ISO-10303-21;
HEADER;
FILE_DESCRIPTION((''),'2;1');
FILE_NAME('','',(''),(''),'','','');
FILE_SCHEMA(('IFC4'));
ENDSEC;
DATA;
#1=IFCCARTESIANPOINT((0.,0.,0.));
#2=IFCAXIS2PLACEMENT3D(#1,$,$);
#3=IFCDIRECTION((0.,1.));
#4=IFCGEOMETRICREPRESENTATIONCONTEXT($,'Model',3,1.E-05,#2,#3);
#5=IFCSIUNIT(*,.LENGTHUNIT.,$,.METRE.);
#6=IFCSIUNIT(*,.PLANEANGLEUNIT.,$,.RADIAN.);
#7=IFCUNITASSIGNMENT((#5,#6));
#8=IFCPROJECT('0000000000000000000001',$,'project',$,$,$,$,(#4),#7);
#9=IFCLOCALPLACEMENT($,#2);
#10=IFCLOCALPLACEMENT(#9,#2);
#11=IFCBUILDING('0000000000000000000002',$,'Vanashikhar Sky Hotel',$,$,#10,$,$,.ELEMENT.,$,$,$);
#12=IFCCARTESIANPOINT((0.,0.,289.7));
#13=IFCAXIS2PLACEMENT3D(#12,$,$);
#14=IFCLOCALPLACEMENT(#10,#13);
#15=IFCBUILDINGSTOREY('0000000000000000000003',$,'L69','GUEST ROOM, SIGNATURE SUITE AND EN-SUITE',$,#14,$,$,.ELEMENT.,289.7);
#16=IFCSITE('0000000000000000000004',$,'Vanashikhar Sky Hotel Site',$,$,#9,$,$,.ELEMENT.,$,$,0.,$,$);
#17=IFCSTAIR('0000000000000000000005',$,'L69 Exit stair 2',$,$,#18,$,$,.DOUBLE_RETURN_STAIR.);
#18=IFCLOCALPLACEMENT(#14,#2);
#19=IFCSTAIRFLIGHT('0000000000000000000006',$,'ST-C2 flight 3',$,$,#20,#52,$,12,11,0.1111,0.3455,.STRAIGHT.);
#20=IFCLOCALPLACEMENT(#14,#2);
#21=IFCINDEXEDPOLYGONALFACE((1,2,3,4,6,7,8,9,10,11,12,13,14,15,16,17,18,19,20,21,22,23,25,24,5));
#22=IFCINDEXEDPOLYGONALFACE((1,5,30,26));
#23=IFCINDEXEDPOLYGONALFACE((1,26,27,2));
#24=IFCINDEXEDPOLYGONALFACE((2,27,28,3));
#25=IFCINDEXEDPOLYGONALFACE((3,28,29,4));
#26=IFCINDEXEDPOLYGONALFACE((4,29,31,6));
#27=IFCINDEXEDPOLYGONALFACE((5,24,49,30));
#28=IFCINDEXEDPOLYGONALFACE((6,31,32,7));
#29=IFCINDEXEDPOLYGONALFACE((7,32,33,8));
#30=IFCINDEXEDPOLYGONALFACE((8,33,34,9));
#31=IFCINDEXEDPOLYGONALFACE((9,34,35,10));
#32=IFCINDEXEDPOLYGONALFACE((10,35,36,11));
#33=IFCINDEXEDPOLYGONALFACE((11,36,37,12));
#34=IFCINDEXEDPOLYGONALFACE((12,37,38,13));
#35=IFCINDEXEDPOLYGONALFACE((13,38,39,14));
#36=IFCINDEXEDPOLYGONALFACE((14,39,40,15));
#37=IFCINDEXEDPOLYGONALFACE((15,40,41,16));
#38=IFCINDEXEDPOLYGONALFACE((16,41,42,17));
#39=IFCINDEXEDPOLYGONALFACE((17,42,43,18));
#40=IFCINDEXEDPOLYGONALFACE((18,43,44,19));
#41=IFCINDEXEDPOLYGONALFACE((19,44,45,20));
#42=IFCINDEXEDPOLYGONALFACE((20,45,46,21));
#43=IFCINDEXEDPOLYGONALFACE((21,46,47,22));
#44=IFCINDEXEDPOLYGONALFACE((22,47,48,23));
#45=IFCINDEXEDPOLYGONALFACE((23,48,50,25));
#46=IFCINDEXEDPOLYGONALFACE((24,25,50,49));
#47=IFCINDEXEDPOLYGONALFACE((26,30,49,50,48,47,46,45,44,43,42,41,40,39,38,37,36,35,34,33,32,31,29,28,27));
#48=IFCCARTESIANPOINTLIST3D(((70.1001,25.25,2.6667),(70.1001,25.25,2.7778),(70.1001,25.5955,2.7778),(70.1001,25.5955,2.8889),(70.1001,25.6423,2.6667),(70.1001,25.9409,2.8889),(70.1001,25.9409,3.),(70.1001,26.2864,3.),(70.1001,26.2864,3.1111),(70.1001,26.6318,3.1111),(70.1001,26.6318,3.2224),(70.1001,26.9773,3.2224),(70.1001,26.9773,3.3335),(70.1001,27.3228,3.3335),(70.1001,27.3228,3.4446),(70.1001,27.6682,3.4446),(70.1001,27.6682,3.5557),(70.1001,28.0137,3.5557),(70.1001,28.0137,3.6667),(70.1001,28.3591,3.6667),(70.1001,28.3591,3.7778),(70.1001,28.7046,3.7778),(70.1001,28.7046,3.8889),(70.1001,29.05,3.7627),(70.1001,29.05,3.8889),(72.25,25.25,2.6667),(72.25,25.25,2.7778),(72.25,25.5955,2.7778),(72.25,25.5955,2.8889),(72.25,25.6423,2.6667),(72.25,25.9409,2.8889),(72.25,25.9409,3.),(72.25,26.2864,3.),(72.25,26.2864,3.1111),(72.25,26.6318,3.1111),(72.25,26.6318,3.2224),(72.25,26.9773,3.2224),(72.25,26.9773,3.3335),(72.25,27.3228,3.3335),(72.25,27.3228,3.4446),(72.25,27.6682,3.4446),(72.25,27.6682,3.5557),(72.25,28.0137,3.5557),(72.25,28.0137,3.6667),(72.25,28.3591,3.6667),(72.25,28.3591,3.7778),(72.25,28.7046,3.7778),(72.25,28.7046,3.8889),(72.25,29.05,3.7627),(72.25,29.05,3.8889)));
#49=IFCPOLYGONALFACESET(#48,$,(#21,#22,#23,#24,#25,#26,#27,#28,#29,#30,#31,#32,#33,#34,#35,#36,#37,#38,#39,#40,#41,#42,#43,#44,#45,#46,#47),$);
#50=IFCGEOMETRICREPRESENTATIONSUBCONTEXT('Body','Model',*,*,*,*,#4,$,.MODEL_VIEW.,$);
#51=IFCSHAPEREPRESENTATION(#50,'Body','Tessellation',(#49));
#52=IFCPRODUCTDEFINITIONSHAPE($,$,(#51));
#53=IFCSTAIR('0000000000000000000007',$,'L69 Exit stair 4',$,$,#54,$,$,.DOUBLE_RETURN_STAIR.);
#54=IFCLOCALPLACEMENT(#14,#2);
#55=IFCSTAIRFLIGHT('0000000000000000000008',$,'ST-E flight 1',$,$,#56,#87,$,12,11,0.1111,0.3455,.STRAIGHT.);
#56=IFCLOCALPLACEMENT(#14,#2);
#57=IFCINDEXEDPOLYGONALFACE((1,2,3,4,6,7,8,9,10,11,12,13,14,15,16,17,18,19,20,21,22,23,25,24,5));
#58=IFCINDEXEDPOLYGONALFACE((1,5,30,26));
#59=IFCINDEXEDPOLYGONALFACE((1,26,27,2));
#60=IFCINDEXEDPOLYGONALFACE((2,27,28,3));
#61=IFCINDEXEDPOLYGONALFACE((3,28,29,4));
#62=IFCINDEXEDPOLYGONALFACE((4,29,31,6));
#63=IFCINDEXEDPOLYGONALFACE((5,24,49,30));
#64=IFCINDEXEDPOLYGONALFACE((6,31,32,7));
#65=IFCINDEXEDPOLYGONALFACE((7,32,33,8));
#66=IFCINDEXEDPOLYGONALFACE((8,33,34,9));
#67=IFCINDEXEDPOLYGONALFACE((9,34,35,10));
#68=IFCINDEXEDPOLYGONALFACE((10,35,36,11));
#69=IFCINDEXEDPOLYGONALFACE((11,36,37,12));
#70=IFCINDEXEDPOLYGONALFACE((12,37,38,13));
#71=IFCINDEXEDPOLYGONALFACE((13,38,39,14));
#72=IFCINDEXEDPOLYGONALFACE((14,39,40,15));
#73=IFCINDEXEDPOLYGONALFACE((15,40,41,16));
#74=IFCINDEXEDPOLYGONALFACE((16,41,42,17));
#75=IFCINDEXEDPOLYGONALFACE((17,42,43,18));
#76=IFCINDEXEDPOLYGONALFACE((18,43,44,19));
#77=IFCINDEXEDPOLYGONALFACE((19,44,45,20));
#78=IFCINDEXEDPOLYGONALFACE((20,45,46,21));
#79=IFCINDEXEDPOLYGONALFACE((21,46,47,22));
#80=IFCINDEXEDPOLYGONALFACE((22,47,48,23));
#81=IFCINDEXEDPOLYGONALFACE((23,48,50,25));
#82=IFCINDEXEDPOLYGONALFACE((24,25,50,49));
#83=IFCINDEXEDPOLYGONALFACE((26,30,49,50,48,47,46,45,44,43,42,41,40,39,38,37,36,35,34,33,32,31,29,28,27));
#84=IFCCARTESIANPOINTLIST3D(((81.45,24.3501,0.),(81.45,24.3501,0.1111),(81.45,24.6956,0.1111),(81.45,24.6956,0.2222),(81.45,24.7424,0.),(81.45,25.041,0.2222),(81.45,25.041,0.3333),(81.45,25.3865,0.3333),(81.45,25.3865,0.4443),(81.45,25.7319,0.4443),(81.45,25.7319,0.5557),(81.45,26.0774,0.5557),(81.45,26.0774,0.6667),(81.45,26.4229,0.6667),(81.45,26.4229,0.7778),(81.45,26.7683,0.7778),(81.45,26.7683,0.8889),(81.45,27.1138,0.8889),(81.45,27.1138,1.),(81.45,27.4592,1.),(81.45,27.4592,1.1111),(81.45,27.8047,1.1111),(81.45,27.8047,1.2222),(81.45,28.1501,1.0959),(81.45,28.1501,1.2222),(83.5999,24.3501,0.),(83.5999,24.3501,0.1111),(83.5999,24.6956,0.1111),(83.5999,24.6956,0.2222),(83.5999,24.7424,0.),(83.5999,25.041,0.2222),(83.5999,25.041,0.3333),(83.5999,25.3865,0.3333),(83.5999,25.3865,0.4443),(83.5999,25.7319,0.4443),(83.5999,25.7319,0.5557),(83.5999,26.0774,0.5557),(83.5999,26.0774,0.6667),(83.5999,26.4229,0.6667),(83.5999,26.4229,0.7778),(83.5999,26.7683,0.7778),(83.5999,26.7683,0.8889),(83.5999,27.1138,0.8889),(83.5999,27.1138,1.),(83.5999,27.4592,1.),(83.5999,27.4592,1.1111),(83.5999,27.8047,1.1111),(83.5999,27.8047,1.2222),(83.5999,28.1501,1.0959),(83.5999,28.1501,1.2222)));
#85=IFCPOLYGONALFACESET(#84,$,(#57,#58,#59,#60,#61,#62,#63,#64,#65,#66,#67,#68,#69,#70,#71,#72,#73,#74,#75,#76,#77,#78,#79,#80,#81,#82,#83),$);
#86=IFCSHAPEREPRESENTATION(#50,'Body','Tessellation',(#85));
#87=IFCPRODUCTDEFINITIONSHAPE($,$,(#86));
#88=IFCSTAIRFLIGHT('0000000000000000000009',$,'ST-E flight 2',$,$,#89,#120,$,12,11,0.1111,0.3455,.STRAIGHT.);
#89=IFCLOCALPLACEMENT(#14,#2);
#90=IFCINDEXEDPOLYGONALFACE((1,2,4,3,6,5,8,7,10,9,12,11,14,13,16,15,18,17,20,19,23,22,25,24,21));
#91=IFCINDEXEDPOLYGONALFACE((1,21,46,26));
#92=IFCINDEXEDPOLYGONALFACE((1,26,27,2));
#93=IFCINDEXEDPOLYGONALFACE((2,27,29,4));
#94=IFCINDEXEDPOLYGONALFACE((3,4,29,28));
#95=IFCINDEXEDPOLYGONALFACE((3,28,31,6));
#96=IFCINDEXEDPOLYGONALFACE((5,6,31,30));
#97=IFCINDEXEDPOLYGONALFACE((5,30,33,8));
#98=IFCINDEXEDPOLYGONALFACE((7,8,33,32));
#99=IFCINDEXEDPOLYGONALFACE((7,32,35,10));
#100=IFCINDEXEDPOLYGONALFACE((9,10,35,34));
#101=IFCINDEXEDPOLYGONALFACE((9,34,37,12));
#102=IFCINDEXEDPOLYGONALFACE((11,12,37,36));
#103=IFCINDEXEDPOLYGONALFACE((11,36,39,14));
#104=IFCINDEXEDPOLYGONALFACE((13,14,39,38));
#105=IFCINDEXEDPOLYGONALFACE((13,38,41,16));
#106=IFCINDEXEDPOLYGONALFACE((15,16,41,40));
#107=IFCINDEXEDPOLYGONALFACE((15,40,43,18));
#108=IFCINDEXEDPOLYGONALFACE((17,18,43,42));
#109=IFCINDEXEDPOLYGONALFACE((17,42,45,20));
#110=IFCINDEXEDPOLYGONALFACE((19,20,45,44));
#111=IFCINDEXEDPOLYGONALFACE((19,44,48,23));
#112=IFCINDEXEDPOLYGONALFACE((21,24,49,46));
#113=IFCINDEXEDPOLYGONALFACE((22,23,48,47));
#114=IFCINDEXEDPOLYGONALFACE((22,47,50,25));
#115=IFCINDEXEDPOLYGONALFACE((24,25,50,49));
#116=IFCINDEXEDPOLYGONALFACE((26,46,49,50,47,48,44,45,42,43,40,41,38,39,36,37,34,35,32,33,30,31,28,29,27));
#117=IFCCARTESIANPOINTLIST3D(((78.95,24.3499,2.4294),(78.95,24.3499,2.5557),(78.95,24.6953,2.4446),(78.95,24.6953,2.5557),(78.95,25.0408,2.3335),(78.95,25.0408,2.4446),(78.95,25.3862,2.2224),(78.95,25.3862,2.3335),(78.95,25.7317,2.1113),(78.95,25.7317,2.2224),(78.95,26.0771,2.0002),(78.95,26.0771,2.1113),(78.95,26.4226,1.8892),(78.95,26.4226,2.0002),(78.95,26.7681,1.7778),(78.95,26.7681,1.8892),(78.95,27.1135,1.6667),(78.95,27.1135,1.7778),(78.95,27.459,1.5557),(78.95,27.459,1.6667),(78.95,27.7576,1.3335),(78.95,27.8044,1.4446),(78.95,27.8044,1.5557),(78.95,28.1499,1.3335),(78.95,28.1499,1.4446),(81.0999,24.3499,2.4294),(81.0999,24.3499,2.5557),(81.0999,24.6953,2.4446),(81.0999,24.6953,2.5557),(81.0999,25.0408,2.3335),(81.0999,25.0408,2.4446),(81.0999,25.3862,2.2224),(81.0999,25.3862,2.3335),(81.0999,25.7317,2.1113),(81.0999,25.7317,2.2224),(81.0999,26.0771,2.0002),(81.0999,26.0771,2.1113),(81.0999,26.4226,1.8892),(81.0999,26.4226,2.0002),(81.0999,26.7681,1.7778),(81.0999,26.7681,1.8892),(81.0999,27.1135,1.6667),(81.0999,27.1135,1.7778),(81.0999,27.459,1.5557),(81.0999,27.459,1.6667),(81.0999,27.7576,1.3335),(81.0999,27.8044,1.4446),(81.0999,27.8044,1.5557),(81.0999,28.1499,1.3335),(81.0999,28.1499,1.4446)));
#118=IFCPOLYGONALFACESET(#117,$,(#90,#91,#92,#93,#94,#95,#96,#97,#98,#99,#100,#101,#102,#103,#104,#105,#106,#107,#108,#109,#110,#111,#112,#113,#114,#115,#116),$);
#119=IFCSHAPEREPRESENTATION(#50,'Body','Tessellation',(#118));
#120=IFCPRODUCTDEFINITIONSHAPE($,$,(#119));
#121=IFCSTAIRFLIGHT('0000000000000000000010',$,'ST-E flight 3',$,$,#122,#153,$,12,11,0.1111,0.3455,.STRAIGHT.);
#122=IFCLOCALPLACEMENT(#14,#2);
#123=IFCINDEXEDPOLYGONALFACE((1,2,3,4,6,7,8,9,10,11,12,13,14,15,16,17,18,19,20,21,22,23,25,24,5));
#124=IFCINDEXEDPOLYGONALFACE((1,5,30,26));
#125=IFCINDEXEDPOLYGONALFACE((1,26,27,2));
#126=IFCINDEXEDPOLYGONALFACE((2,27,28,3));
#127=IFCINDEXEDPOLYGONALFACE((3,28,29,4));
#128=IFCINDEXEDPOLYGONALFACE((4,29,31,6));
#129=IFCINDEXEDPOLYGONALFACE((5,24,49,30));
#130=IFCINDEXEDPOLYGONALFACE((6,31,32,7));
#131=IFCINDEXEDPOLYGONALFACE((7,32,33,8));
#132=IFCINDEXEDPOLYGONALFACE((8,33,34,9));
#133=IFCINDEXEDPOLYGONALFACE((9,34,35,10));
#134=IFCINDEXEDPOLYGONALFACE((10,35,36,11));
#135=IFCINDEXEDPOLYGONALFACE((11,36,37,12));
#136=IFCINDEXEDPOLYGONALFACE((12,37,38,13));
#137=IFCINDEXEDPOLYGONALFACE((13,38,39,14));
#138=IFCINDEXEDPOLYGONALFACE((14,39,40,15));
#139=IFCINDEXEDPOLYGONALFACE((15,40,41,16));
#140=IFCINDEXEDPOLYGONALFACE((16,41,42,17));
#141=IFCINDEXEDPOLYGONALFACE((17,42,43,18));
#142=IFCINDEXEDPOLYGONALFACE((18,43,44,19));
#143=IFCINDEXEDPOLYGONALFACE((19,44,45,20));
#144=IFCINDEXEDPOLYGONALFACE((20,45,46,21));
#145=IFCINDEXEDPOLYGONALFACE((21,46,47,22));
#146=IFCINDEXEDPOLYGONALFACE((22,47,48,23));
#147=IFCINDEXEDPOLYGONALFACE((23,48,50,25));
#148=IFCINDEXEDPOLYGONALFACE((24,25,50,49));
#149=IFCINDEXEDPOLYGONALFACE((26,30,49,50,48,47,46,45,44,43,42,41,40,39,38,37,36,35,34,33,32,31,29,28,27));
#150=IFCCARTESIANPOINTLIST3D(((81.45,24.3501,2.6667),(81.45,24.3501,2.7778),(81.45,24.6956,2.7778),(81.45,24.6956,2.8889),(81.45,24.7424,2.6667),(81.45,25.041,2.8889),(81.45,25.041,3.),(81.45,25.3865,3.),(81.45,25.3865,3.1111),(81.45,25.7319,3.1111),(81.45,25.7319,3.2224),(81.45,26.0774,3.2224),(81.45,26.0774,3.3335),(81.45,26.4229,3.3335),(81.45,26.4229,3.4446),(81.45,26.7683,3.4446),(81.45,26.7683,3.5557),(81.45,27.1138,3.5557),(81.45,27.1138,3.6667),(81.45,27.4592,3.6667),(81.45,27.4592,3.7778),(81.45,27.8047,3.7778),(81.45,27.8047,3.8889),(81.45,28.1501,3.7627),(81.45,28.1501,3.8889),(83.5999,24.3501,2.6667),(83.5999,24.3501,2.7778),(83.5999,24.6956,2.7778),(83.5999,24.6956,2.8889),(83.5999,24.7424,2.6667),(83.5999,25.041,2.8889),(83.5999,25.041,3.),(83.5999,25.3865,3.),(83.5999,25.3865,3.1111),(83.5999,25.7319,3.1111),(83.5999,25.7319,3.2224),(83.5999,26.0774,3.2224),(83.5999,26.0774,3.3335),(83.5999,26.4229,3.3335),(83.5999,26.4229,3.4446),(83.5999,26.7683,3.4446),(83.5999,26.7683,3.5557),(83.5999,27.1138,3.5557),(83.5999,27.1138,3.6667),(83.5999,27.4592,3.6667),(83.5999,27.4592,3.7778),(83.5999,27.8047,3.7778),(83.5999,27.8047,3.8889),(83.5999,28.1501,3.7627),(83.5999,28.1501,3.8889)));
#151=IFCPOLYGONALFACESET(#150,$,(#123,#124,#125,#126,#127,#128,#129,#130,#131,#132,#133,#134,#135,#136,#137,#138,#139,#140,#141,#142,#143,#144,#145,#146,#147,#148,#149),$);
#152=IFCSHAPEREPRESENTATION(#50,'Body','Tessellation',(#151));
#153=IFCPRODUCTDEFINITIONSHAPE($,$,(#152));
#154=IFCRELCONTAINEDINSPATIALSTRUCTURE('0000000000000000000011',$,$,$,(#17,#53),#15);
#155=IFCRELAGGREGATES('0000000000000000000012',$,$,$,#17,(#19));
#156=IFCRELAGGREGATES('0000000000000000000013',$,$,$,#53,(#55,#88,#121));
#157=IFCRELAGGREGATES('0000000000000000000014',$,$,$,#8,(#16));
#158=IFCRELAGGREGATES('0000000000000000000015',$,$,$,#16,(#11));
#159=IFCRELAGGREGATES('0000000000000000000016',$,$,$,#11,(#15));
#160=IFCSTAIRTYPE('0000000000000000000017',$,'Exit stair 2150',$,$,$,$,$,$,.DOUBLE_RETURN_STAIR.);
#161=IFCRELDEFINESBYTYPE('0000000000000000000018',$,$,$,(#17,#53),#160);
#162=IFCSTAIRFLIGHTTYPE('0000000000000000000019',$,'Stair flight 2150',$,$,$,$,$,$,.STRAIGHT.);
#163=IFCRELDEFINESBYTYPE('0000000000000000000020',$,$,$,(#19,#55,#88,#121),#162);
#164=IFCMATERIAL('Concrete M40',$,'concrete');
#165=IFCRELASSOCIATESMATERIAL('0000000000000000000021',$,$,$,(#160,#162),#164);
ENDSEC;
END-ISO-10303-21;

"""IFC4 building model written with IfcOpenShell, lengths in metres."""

from ifc_helpers import new_model, si_unit, direction, frame, origin, place, context, subcontext, project, spatial, polyline, outline, extrude, source, transform, mapped, material, type_object, element, aggregate, save


model = new_model("IFC4")

# Units and contexts
model_context = context("Model", 3, precision=1e-05, world=origin(), true_north=direction((0.0, 1.0)))
body_context = subcontext(model_context, "Body", "Model", "MODEL_VIEW")
ifc_project = project(units=[si_unit("LENGTHUNIT", "METRE"), si_unit("PLANEANGLEUNIT", "RADIAN")], contexts=[model_context])

# Site, building, storey
site_placement = place(None, origin())
site = spatial("IfcSite", under=ifc_project, at=site_placement, Name="Vanashikhar Sky Hotel Site", CompositionType="ELEMENT", RefElevation=0.0)
building_placement = place(site_placement, origin())
building = spatial("IfcBuilding", under=site, at=building_placement, Name="Vanashikhar Sky Hotel", CompositionType="ELEMENT")
storey_placement = place(building_placement, frame((0.0, 0.0, 289.7)))
storey = spatial("IfcBuildingStorey", under=building, at=storey_placement, Name="L69", Description="GUEST ROOM, SIGNATURE SUITE AND EN-SUITE", CompositionType="ELEMENT", Elevation=289.7)

# Stairs, stair flights
ifc_material_1 = material(Name="Concrete M40", Category="concrete")
stair_type = type_object("IfcStairType", Name="Exit stair 2150", PredefinedType="DOUBLE_RETURN_STAIR", material=ifc_material_1)
stair_1_placement = place(storey_placement, origin())
stair_1 = element("IfcStair", 1, at=stair_1_placement, inside=storey, type_object=stair_type, Name="L69 Exit stair 2", PredefinedType="DOUBLE_RETURN_STAIR")
stair_flight_type = type_object("IfcStairFlightType", Name="Stair flight 2150", PredefinedType="STRAIGHT", material=ifc_material_1)
shared_shape_1 = source(origin(), body_context, "Body", "SweptSolid", [
    extrude(outline(polyline([(0.0, 0.0), (0.0, 0.1111), (0.3455, 0.1111), (0.3455, 0.2222), (0.6909, 0.2222), (0.6909, 0.3333), (1.0364, 0.3333), (1.0364, 0.4443), (1.3818, 0.4443), (1.3818, 0.5557), (1.7273, 0.5557), (1.7273, 0.6667), (2.0728, 0.6667), (2.0728, 0.7778), (2.4182, 0.7778), (2.4182, 0.8889), (2.7637, 0.8889), (2.7637, 1.0), (3.1091, 1.0), (3.1091, 1.1111), (3.4546, 1.1111), (3.4546, 1.2222), (3.8, 1.2222), (3.8, 1.3333), (3.8, 1.0959), (0.3923, 0.0), (0.0, 0.0)])), frame((0.0, 1.075, 0.0), z_axis=(0.0, -1.0, 0.0), x_axis=(1.0, 0.0, 0.0)), (0.0, 0.0, 1.0), 2.1499),
])
stair_flight_1_placement = place(storey_placement, frame((71.175, 25.25, 2.6667), z_axis=(0.0, 0.0, 1.0), x_axis=(0.0, 1.0, 0.0)))
stair_flight_1 = element("IfcStairFlight", 2, at=stair_flight_1_placement, type_object=stair_flight_type, Name="ST-C2 flight 3", NumberOfRisers=12, NumberOfTreads=11, PredefinedType="STRAIGHT", RiserHeight=0.1111, TreadLength=0.3455, context=body_context, shape_type="MappedRepresentation", body=[
    mapped(shared_shape_1, transform((0.0, 0.0, 0.0), scale=1.0)),
])
aggregate(stair_1, [stair_flight_1])
stair_2_placement = place(storey_placement, origin())
stair_2 = element("IfcStair", 3, at=stair_2_placement, inside=storey, type_object=stair_type, Name="L69 Exit stair 4", PredefinedType="DOUBLE_RETURN_STAIR")
stair_flight_2_placement = place(storey_placement, frame((82.5249, 24.3501, 0.0), z_axis=(0.0, 0.0, 1.0), x_axis=(0.0, 1.0, 0.0)))
stair_flight_2 = element("IfcStairFlight", 4, at=stair_flight_2_placement, type_object=stair_flight_type, Name="ST-E flight 1", NumberOfRisers=12, NumberOfTreads=11, PredefinedType="STRAIGHT", RiserHeight=0.1111, TreadLength=0.3455, context=body_context, shape_type="MappedRepresentation", body=[
    mapped(shared_shape_1, transform((0.0, 0.0, 0.0), scale=1.0)),
])
stair_flight_3_placement = place(storey_placement, frame((80.0249, 28.1499, 1.3335), z_axis=(0.0, 0.0, 1.0), x_axis=(0.0, -1.0, 0.0)))
stair_flight_3 = element("IfcStairFlight", 5, at=stair_flight_3_placement, type_object=stair_flight_type, Name="ST-E flight 2", NumberOfRisers=12, NumberOfTreads=11, PredefinedType="STRAIGHT", RiserHeight=0.1111, TreadLength=0.3455, context=body_context, shape_type="MappedRepresentation", body=[
    mapped(shared_shape_1, transform((0.0, 0.0, 0.0), scale=1.0)),
])
stair_flight_4_placement = place(storey_placement, frame((82.5249, 24.3501, 2.6667), z_axis=(0.0, 0.0, 1.0), x_axis=(0.0, 1.0, 0.0)))
stair_flight_4 = element("IfcStairFlight", 6, at=stair_flight_4_placement, type_object=stair_flight_type, Name="ST-E flight 3", NumberOfRisers=12, NumberOfTreads=11, PredefinedType="STRAIGHT", RiserHeight=0.1111, TreadLength=0.3455, context=body_context, shape_type="MappedRepresentation", body=[
    mapped(shared_shape_1, transform((0.0, 0.0, 0.0), scale=1.0)),
])
aggregate(stair_2, [stair_flight_2, stair_flight_3, stair_flight_4])

save(model, "model.ifc")
